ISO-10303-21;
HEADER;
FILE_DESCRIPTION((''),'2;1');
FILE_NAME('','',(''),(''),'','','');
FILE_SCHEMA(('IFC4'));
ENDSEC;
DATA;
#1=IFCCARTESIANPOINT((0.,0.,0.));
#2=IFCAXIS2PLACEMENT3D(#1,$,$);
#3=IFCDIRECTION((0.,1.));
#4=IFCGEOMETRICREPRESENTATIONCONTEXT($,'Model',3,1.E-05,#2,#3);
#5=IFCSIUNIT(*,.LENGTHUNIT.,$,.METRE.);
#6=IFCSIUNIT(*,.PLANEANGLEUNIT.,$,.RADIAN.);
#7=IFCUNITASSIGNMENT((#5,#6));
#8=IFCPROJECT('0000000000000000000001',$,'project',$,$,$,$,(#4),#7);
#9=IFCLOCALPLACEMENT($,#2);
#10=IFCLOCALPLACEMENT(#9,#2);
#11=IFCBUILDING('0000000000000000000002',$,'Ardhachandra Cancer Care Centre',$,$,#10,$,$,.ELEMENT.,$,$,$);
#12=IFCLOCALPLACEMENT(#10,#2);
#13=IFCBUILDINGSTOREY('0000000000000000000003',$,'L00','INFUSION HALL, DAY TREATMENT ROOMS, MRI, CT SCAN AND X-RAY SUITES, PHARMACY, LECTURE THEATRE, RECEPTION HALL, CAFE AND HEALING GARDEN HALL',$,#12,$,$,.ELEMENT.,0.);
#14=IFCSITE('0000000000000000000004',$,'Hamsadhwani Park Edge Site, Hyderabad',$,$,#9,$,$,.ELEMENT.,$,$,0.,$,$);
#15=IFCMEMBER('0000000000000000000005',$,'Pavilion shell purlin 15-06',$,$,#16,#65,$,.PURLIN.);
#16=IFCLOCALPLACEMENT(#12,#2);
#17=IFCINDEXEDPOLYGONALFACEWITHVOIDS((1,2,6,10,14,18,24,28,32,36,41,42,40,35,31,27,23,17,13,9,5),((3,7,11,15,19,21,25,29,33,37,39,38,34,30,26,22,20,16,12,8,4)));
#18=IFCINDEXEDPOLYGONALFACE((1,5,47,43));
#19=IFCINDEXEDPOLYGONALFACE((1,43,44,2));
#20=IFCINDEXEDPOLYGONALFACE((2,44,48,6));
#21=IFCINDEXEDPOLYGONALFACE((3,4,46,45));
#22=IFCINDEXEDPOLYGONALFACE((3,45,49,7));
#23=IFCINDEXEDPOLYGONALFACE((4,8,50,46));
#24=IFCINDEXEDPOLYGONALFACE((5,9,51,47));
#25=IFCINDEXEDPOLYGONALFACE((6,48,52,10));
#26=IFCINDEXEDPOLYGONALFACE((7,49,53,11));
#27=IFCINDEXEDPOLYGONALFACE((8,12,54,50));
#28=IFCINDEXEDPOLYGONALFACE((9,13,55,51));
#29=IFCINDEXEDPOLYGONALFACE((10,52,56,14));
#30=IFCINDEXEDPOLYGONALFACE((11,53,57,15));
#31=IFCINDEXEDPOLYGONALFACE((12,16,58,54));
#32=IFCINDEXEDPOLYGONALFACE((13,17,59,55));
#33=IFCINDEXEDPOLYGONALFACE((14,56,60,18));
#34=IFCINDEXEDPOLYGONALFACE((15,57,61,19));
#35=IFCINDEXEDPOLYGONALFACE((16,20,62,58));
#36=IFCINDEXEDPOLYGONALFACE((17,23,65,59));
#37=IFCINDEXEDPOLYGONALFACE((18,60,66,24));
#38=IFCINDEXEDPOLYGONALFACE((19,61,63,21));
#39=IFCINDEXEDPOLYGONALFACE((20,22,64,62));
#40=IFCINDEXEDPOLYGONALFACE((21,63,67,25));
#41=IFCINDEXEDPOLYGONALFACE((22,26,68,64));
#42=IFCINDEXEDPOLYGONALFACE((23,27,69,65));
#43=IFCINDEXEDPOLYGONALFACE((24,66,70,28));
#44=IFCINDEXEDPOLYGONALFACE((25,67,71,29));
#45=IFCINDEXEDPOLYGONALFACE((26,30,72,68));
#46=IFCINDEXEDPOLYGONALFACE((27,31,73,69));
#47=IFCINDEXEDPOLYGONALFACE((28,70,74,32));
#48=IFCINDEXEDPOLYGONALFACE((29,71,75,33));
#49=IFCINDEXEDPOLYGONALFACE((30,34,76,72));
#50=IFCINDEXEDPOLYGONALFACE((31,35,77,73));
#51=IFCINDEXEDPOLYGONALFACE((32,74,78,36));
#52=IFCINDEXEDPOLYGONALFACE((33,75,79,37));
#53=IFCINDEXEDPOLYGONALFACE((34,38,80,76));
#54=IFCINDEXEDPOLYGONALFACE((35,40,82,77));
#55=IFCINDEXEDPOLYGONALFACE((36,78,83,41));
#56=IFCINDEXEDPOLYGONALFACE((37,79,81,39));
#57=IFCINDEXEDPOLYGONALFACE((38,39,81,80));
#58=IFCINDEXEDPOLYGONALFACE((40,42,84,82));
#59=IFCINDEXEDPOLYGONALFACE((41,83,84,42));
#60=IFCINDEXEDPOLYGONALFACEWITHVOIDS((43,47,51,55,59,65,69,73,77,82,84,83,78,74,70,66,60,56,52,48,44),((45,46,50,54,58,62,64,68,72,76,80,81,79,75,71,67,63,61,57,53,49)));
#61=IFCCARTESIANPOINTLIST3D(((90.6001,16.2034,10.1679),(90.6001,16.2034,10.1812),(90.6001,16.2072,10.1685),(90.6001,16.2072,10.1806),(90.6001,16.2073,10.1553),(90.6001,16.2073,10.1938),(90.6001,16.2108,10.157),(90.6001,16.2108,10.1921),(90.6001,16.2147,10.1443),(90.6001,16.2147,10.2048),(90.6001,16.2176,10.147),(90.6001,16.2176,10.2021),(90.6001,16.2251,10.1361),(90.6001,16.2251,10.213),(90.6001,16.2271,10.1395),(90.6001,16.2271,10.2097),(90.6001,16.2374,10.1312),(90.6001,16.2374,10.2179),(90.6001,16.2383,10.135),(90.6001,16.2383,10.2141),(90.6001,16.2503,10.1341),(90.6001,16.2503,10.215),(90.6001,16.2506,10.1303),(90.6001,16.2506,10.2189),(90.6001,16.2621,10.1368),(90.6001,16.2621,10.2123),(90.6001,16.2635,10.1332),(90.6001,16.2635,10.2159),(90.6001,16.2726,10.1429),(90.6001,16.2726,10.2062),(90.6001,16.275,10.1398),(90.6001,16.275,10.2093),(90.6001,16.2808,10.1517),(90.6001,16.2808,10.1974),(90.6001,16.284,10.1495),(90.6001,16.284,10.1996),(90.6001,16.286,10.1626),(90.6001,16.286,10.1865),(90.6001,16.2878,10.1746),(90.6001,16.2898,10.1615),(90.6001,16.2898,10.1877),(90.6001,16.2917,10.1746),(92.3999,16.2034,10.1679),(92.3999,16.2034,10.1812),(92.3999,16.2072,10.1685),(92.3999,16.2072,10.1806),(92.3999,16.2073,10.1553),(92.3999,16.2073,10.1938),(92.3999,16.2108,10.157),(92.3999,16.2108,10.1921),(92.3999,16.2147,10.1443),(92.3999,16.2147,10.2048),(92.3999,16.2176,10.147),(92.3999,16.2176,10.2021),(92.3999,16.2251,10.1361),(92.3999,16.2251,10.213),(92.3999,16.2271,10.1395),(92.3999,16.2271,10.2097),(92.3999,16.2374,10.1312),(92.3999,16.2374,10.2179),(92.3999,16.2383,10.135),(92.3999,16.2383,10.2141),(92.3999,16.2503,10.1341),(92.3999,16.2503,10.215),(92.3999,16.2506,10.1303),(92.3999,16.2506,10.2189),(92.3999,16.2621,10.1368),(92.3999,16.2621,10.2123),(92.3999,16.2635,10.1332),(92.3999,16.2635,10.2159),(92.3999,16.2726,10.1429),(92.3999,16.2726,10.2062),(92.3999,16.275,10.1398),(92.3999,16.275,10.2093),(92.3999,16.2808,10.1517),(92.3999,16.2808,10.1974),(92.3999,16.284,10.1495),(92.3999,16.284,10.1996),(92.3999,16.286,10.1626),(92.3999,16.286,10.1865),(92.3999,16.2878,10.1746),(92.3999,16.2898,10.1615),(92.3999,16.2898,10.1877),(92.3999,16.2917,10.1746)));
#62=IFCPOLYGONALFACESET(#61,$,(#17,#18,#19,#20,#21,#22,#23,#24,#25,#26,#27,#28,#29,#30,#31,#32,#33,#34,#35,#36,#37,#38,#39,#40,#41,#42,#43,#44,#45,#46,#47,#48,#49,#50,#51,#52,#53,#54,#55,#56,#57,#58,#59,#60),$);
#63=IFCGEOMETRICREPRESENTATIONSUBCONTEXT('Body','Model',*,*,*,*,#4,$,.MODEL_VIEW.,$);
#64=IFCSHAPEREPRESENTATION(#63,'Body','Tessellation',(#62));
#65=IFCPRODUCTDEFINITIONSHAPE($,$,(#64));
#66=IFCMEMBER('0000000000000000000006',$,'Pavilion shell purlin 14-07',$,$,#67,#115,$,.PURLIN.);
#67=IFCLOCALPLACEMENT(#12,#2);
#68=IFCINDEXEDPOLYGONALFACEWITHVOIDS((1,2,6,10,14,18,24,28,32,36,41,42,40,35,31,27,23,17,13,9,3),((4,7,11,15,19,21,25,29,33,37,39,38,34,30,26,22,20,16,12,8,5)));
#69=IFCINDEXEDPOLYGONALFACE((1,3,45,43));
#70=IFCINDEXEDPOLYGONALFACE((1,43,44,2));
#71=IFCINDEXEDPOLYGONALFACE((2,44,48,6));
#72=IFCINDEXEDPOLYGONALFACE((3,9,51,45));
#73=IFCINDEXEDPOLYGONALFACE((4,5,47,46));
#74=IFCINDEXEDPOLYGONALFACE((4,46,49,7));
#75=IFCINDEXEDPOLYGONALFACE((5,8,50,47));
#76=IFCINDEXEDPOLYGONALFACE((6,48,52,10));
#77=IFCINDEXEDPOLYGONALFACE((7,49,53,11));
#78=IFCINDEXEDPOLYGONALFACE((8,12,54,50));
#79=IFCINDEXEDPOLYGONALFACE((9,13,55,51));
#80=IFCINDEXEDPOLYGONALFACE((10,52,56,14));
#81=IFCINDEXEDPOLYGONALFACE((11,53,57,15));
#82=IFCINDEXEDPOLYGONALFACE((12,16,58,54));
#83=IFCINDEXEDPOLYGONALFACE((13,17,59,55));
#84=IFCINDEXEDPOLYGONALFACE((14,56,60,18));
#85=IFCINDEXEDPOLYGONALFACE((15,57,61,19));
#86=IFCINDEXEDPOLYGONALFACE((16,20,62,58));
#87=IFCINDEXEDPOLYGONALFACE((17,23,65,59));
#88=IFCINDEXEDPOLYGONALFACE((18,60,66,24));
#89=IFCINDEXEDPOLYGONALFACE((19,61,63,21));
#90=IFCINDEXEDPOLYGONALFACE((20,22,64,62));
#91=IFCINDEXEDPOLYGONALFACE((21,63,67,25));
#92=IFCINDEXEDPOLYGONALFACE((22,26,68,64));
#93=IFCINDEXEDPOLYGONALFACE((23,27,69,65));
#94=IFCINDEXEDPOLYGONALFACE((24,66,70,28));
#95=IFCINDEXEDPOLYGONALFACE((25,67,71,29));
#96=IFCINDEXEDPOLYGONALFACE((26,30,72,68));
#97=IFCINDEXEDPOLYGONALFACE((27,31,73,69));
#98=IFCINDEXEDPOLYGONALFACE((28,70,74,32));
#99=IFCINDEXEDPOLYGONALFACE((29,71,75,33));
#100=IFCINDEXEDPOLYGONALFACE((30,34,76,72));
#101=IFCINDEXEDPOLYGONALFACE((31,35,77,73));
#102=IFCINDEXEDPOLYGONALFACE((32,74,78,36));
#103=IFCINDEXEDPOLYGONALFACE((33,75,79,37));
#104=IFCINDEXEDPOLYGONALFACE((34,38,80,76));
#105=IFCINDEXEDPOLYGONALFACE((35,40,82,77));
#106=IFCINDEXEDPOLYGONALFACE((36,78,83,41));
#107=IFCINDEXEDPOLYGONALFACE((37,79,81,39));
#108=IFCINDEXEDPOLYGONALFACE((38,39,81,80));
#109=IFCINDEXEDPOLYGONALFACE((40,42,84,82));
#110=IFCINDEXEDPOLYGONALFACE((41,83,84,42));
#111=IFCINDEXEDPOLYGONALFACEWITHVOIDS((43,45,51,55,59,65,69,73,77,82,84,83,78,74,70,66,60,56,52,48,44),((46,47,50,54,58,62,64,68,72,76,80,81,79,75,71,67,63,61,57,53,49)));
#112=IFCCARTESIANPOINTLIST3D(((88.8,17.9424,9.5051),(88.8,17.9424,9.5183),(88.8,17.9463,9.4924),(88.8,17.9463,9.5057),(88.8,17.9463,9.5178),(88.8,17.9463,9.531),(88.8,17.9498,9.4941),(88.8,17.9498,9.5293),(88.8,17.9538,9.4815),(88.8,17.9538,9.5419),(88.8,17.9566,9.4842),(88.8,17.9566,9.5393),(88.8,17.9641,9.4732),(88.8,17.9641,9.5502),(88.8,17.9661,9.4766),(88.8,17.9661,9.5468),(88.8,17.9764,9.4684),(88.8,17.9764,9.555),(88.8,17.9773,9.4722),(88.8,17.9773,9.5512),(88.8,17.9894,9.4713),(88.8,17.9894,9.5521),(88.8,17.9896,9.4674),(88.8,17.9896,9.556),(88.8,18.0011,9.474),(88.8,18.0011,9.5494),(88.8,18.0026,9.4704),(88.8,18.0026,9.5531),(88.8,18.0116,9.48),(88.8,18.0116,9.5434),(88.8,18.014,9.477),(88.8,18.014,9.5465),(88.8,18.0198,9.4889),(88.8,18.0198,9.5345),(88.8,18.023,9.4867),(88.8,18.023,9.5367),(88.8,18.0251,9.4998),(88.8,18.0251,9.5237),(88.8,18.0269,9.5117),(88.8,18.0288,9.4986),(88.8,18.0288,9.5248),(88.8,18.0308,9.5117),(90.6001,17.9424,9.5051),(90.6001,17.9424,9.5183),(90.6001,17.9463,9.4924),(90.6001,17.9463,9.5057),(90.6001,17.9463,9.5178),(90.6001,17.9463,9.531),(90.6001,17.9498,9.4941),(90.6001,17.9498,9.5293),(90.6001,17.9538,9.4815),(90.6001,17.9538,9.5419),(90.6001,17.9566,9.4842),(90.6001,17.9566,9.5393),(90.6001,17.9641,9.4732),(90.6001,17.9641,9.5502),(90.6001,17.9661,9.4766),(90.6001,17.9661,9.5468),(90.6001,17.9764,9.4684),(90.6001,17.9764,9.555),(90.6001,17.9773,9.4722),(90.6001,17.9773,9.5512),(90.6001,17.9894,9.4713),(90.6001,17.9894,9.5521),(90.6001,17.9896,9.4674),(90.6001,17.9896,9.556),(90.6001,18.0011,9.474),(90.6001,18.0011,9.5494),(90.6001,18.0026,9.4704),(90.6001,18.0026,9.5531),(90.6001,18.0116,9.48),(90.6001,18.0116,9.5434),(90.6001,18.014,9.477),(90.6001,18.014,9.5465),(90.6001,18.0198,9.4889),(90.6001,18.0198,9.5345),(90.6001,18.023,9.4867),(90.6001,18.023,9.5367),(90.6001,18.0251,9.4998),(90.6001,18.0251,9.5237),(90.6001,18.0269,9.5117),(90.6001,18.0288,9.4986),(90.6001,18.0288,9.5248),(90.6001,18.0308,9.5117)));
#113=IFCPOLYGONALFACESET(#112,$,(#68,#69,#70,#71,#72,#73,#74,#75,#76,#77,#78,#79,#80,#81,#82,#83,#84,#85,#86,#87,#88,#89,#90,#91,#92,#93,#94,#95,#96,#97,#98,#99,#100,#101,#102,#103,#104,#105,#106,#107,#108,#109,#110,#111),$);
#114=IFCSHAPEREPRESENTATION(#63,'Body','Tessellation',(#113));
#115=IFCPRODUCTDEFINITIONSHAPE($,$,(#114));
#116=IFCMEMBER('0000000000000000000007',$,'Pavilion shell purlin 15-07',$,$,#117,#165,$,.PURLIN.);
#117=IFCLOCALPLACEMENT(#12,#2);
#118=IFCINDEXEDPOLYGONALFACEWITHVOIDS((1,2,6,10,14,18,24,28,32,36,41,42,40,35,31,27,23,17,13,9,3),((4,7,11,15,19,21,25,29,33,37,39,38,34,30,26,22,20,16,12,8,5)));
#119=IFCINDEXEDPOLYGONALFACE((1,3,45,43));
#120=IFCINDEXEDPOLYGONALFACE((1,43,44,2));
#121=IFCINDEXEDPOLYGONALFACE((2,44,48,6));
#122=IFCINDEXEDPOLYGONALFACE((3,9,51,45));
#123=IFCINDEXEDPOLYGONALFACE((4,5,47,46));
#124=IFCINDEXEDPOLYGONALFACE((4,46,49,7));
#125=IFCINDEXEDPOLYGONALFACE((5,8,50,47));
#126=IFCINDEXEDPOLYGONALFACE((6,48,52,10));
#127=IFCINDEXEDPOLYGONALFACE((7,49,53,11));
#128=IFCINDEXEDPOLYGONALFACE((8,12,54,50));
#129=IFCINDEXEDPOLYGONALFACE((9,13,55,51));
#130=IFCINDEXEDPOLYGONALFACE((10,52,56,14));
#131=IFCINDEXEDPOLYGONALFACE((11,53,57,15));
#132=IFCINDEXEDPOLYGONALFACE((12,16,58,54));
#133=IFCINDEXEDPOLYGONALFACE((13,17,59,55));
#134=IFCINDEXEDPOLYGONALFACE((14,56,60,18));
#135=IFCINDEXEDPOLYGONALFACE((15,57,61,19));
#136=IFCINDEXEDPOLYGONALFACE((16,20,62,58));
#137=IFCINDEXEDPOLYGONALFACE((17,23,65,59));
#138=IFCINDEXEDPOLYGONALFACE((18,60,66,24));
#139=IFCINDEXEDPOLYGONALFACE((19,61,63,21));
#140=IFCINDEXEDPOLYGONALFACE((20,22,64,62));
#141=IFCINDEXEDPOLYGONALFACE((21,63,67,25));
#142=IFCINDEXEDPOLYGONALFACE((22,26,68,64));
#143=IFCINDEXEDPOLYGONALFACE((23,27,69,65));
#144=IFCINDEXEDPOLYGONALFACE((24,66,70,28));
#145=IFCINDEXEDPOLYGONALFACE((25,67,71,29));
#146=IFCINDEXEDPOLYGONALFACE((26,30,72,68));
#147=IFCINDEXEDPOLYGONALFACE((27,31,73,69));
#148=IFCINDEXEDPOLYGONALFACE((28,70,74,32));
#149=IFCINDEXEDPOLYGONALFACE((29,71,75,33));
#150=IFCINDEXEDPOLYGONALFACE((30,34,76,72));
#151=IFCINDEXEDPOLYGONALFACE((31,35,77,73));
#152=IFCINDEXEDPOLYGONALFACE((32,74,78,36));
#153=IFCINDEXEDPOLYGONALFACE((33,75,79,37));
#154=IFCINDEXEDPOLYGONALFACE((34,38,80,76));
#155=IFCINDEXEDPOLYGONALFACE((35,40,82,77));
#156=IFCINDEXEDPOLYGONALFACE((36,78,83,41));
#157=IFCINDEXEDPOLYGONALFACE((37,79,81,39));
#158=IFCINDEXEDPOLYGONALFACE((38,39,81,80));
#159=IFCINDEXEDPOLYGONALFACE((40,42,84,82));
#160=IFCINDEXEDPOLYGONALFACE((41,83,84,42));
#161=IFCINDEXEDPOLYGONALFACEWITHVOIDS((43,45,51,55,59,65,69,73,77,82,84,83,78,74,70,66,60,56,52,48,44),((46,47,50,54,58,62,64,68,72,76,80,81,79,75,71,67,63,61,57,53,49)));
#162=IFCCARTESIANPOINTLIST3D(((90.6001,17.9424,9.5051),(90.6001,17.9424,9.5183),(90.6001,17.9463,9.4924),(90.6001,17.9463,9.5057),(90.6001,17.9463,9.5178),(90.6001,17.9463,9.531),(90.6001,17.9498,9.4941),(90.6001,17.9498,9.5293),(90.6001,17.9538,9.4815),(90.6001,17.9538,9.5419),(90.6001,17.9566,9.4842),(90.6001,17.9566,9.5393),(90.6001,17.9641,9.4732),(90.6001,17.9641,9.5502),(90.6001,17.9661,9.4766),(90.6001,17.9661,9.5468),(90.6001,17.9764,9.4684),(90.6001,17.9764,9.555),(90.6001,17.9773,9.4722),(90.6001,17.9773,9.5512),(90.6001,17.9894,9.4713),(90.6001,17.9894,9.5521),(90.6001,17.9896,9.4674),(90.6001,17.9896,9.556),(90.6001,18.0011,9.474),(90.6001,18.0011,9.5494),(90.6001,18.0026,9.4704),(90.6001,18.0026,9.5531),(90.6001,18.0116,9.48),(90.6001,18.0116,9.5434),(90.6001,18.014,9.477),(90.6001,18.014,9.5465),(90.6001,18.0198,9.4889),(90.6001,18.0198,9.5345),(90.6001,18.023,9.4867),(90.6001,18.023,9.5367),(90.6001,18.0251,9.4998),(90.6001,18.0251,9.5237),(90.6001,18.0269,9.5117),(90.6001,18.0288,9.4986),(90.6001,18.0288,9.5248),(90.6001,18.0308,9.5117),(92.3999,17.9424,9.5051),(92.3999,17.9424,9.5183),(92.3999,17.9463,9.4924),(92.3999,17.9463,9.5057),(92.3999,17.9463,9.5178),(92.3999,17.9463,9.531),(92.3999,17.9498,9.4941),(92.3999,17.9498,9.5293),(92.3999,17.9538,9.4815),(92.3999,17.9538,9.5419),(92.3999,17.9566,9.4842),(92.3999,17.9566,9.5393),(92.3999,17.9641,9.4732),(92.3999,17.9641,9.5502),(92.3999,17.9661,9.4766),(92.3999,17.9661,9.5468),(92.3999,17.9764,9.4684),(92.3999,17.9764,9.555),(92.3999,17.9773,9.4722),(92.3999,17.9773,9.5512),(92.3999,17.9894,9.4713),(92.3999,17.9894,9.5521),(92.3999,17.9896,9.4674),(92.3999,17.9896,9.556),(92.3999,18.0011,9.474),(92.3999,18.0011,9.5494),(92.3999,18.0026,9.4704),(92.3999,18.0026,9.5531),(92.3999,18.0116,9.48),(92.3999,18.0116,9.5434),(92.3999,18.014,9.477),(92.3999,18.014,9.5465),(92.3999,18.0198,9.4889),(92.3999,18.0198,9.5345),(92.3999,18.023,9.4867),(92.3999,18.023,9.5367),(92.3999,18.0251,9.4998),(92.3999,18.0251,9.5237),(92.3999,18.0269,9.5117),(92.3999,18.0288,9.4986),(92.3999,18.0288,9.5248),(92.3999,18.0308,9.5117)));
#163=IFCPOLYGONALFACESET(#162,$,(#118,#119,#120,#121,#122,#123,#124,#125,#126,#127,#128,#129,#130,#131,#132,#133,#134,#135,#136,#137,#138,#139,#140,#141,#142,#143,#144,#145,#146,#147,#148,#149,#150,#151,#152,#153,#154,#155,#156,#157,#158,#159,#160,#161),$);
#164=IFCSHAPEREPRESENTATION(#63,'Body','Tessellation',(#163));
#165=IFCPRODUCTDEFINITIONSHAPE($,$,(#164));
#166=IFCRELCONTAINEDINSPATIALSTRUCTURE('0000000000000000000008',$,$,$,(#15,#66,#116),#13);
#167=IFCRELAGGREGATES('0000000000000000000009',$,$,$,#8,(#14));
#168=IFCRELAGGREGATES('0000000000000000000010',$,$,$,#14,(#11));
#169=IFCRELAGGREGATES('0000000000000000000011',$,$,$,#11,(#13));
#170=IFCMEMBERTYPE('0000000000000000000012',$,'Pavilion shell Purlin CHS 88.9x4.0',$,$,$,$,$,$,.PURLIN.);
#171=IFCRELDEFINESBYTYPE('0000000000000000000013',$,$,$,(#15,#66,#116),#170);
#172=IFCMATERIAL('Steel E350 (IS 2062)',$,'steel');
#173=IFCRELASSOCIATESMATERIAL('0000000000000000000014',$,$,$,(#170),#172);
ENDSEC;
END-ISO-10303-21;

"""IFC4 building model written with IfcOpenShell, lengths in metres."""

from ifc_helpers import new_model, si_unit, direction, frame, origin, origin_2d, place, context, subcontext, project, spatial, hollow_circle, extrude, material, material_profile, profile_set, type_object, element, save


model = new_model("IFC4")

# Units and contexts
model_context = context("Model", 3, precision=1e-05, world=origin(), true_north=direction((0.0, 1.0)))
body_context = subcontext(model_context, "Body", "Model", "MODEL_VIEW")
ifc_project = project(units=[si_unit("LENGTHUNIT", "METRE"), si_unit("PLANEANGLEUNIT", "RADIAN")], contexts=[model_context])

# Site, building, storey
site_placement = place(None, origin())
site = spatial("IfcSite", under=ifc_project, at=site_placement, Name="Hamsadhwani Park Edge Site, Hyderabad", CompositionType="ELEMENT", RefElevation=0.0)
building_placement = place(site_placement, origin())
building = spatial("IfcBuilding", under=site, at=building_placement, Name="Ardhachandra Cancer Care Centre", CompositionType="ELEMENT")
storey_placement = place(building_placement, origin())
storey = spatial("IfcBuildingStorey", under=building, at=storey_placement, Name="L00", Description="INFUSION HALL, DAY TREATMENT ROOMS, MRI, CT SCAN AND X-RAY SUITES, PHARMACY, LECTURE THEATRE, RECEPTION HALL, CAFE AND HEALING GARDEN HALL", CompositionType="ELEMENT", Elevation=0.0)

# Members
ifc_material_1 = material(Name="Steel E350 (IS 2062)", Category="steel")
ifc_material_profile_1 = material_profile(ifc_material_1, hollow_circle(Radius=0.0444, WallThickness=0.0039, at=origin_2d()), Name="CHS 88.9x4.0")
ifc_profile_set_1 = profile_set([ifc_material_profile_1], Name="Steel E350 (IS 2062)")
member_type_1 = type_object("IfcMemberType", Name="Pavilion shell Purlin CHS 88.9x4.0", PredefinedType="PURLIN", material=ifc_profile_set_1)
member_1_placement = place(storey_placement, frame((90.6001, 16.2473, 10.1746), z_axis=(1.0, 0.0, 0.0), x_axis=(0.0, 1.0, 0.0)))
element("IfcMember", 1, at=member_1_placement, inside=storey, type_object=member_type_1, Name="Pavilion shell purlin 15-06", PredefinedType="PURLIN", context=body_context, shape_type="SweptSolid", body=[
    extrude(hollow_circle(Radius=0.0444, WallThickness=0.0039, at=origin_2d()), origin(), (0.0, 0.0, 1.0), 1.7998),
])
member_2_placement = place(storey_placement, frame((88.8, 17.9863, 9.5117), z_axis=(1.0, 0.0, 0.0), x_axis=(0.0, 1.0, 0.0)))
element("IfcMember", 2, at=member_2_placement, inside=storey, type_object=member_type_1, Name="Pavilion shell purlin 14-07", PredefinedType="PURLIN", context=body_context, shape_type="SweptSolid", body=[
    extrude(hollow_circle(Radius=0.0444, WallThickness=0.0039, at=origin_2d()), origin(), (0.0, 0.0, 1.0), 1.8),
])
for number, where, z_axis, x_axis, name in (
    (3, (90.6001, 17.9863, 9.5117), (1.0, 0.0, 0.0), (0.0, 1.0, 0.0), "Pavilion shell purlin 15-07"),
):
    element("IfcMember", number, at=place(storey_placement, frame(where, z_axis=z_axis, x_axis=x_axis)), inside=storey, type_object=member_type_1, Name=name, PredefinedType="PURLIN", context=body_context, shape_type="SweptSolid", body=[
        extrude(hollow_circle(Radius=0.0444, WallThickness=0.0039, at=origin_2d()), origin(), (0.0, 0.0, 1.0), 1.7998),
    ])

save(model, "model.ifc")
